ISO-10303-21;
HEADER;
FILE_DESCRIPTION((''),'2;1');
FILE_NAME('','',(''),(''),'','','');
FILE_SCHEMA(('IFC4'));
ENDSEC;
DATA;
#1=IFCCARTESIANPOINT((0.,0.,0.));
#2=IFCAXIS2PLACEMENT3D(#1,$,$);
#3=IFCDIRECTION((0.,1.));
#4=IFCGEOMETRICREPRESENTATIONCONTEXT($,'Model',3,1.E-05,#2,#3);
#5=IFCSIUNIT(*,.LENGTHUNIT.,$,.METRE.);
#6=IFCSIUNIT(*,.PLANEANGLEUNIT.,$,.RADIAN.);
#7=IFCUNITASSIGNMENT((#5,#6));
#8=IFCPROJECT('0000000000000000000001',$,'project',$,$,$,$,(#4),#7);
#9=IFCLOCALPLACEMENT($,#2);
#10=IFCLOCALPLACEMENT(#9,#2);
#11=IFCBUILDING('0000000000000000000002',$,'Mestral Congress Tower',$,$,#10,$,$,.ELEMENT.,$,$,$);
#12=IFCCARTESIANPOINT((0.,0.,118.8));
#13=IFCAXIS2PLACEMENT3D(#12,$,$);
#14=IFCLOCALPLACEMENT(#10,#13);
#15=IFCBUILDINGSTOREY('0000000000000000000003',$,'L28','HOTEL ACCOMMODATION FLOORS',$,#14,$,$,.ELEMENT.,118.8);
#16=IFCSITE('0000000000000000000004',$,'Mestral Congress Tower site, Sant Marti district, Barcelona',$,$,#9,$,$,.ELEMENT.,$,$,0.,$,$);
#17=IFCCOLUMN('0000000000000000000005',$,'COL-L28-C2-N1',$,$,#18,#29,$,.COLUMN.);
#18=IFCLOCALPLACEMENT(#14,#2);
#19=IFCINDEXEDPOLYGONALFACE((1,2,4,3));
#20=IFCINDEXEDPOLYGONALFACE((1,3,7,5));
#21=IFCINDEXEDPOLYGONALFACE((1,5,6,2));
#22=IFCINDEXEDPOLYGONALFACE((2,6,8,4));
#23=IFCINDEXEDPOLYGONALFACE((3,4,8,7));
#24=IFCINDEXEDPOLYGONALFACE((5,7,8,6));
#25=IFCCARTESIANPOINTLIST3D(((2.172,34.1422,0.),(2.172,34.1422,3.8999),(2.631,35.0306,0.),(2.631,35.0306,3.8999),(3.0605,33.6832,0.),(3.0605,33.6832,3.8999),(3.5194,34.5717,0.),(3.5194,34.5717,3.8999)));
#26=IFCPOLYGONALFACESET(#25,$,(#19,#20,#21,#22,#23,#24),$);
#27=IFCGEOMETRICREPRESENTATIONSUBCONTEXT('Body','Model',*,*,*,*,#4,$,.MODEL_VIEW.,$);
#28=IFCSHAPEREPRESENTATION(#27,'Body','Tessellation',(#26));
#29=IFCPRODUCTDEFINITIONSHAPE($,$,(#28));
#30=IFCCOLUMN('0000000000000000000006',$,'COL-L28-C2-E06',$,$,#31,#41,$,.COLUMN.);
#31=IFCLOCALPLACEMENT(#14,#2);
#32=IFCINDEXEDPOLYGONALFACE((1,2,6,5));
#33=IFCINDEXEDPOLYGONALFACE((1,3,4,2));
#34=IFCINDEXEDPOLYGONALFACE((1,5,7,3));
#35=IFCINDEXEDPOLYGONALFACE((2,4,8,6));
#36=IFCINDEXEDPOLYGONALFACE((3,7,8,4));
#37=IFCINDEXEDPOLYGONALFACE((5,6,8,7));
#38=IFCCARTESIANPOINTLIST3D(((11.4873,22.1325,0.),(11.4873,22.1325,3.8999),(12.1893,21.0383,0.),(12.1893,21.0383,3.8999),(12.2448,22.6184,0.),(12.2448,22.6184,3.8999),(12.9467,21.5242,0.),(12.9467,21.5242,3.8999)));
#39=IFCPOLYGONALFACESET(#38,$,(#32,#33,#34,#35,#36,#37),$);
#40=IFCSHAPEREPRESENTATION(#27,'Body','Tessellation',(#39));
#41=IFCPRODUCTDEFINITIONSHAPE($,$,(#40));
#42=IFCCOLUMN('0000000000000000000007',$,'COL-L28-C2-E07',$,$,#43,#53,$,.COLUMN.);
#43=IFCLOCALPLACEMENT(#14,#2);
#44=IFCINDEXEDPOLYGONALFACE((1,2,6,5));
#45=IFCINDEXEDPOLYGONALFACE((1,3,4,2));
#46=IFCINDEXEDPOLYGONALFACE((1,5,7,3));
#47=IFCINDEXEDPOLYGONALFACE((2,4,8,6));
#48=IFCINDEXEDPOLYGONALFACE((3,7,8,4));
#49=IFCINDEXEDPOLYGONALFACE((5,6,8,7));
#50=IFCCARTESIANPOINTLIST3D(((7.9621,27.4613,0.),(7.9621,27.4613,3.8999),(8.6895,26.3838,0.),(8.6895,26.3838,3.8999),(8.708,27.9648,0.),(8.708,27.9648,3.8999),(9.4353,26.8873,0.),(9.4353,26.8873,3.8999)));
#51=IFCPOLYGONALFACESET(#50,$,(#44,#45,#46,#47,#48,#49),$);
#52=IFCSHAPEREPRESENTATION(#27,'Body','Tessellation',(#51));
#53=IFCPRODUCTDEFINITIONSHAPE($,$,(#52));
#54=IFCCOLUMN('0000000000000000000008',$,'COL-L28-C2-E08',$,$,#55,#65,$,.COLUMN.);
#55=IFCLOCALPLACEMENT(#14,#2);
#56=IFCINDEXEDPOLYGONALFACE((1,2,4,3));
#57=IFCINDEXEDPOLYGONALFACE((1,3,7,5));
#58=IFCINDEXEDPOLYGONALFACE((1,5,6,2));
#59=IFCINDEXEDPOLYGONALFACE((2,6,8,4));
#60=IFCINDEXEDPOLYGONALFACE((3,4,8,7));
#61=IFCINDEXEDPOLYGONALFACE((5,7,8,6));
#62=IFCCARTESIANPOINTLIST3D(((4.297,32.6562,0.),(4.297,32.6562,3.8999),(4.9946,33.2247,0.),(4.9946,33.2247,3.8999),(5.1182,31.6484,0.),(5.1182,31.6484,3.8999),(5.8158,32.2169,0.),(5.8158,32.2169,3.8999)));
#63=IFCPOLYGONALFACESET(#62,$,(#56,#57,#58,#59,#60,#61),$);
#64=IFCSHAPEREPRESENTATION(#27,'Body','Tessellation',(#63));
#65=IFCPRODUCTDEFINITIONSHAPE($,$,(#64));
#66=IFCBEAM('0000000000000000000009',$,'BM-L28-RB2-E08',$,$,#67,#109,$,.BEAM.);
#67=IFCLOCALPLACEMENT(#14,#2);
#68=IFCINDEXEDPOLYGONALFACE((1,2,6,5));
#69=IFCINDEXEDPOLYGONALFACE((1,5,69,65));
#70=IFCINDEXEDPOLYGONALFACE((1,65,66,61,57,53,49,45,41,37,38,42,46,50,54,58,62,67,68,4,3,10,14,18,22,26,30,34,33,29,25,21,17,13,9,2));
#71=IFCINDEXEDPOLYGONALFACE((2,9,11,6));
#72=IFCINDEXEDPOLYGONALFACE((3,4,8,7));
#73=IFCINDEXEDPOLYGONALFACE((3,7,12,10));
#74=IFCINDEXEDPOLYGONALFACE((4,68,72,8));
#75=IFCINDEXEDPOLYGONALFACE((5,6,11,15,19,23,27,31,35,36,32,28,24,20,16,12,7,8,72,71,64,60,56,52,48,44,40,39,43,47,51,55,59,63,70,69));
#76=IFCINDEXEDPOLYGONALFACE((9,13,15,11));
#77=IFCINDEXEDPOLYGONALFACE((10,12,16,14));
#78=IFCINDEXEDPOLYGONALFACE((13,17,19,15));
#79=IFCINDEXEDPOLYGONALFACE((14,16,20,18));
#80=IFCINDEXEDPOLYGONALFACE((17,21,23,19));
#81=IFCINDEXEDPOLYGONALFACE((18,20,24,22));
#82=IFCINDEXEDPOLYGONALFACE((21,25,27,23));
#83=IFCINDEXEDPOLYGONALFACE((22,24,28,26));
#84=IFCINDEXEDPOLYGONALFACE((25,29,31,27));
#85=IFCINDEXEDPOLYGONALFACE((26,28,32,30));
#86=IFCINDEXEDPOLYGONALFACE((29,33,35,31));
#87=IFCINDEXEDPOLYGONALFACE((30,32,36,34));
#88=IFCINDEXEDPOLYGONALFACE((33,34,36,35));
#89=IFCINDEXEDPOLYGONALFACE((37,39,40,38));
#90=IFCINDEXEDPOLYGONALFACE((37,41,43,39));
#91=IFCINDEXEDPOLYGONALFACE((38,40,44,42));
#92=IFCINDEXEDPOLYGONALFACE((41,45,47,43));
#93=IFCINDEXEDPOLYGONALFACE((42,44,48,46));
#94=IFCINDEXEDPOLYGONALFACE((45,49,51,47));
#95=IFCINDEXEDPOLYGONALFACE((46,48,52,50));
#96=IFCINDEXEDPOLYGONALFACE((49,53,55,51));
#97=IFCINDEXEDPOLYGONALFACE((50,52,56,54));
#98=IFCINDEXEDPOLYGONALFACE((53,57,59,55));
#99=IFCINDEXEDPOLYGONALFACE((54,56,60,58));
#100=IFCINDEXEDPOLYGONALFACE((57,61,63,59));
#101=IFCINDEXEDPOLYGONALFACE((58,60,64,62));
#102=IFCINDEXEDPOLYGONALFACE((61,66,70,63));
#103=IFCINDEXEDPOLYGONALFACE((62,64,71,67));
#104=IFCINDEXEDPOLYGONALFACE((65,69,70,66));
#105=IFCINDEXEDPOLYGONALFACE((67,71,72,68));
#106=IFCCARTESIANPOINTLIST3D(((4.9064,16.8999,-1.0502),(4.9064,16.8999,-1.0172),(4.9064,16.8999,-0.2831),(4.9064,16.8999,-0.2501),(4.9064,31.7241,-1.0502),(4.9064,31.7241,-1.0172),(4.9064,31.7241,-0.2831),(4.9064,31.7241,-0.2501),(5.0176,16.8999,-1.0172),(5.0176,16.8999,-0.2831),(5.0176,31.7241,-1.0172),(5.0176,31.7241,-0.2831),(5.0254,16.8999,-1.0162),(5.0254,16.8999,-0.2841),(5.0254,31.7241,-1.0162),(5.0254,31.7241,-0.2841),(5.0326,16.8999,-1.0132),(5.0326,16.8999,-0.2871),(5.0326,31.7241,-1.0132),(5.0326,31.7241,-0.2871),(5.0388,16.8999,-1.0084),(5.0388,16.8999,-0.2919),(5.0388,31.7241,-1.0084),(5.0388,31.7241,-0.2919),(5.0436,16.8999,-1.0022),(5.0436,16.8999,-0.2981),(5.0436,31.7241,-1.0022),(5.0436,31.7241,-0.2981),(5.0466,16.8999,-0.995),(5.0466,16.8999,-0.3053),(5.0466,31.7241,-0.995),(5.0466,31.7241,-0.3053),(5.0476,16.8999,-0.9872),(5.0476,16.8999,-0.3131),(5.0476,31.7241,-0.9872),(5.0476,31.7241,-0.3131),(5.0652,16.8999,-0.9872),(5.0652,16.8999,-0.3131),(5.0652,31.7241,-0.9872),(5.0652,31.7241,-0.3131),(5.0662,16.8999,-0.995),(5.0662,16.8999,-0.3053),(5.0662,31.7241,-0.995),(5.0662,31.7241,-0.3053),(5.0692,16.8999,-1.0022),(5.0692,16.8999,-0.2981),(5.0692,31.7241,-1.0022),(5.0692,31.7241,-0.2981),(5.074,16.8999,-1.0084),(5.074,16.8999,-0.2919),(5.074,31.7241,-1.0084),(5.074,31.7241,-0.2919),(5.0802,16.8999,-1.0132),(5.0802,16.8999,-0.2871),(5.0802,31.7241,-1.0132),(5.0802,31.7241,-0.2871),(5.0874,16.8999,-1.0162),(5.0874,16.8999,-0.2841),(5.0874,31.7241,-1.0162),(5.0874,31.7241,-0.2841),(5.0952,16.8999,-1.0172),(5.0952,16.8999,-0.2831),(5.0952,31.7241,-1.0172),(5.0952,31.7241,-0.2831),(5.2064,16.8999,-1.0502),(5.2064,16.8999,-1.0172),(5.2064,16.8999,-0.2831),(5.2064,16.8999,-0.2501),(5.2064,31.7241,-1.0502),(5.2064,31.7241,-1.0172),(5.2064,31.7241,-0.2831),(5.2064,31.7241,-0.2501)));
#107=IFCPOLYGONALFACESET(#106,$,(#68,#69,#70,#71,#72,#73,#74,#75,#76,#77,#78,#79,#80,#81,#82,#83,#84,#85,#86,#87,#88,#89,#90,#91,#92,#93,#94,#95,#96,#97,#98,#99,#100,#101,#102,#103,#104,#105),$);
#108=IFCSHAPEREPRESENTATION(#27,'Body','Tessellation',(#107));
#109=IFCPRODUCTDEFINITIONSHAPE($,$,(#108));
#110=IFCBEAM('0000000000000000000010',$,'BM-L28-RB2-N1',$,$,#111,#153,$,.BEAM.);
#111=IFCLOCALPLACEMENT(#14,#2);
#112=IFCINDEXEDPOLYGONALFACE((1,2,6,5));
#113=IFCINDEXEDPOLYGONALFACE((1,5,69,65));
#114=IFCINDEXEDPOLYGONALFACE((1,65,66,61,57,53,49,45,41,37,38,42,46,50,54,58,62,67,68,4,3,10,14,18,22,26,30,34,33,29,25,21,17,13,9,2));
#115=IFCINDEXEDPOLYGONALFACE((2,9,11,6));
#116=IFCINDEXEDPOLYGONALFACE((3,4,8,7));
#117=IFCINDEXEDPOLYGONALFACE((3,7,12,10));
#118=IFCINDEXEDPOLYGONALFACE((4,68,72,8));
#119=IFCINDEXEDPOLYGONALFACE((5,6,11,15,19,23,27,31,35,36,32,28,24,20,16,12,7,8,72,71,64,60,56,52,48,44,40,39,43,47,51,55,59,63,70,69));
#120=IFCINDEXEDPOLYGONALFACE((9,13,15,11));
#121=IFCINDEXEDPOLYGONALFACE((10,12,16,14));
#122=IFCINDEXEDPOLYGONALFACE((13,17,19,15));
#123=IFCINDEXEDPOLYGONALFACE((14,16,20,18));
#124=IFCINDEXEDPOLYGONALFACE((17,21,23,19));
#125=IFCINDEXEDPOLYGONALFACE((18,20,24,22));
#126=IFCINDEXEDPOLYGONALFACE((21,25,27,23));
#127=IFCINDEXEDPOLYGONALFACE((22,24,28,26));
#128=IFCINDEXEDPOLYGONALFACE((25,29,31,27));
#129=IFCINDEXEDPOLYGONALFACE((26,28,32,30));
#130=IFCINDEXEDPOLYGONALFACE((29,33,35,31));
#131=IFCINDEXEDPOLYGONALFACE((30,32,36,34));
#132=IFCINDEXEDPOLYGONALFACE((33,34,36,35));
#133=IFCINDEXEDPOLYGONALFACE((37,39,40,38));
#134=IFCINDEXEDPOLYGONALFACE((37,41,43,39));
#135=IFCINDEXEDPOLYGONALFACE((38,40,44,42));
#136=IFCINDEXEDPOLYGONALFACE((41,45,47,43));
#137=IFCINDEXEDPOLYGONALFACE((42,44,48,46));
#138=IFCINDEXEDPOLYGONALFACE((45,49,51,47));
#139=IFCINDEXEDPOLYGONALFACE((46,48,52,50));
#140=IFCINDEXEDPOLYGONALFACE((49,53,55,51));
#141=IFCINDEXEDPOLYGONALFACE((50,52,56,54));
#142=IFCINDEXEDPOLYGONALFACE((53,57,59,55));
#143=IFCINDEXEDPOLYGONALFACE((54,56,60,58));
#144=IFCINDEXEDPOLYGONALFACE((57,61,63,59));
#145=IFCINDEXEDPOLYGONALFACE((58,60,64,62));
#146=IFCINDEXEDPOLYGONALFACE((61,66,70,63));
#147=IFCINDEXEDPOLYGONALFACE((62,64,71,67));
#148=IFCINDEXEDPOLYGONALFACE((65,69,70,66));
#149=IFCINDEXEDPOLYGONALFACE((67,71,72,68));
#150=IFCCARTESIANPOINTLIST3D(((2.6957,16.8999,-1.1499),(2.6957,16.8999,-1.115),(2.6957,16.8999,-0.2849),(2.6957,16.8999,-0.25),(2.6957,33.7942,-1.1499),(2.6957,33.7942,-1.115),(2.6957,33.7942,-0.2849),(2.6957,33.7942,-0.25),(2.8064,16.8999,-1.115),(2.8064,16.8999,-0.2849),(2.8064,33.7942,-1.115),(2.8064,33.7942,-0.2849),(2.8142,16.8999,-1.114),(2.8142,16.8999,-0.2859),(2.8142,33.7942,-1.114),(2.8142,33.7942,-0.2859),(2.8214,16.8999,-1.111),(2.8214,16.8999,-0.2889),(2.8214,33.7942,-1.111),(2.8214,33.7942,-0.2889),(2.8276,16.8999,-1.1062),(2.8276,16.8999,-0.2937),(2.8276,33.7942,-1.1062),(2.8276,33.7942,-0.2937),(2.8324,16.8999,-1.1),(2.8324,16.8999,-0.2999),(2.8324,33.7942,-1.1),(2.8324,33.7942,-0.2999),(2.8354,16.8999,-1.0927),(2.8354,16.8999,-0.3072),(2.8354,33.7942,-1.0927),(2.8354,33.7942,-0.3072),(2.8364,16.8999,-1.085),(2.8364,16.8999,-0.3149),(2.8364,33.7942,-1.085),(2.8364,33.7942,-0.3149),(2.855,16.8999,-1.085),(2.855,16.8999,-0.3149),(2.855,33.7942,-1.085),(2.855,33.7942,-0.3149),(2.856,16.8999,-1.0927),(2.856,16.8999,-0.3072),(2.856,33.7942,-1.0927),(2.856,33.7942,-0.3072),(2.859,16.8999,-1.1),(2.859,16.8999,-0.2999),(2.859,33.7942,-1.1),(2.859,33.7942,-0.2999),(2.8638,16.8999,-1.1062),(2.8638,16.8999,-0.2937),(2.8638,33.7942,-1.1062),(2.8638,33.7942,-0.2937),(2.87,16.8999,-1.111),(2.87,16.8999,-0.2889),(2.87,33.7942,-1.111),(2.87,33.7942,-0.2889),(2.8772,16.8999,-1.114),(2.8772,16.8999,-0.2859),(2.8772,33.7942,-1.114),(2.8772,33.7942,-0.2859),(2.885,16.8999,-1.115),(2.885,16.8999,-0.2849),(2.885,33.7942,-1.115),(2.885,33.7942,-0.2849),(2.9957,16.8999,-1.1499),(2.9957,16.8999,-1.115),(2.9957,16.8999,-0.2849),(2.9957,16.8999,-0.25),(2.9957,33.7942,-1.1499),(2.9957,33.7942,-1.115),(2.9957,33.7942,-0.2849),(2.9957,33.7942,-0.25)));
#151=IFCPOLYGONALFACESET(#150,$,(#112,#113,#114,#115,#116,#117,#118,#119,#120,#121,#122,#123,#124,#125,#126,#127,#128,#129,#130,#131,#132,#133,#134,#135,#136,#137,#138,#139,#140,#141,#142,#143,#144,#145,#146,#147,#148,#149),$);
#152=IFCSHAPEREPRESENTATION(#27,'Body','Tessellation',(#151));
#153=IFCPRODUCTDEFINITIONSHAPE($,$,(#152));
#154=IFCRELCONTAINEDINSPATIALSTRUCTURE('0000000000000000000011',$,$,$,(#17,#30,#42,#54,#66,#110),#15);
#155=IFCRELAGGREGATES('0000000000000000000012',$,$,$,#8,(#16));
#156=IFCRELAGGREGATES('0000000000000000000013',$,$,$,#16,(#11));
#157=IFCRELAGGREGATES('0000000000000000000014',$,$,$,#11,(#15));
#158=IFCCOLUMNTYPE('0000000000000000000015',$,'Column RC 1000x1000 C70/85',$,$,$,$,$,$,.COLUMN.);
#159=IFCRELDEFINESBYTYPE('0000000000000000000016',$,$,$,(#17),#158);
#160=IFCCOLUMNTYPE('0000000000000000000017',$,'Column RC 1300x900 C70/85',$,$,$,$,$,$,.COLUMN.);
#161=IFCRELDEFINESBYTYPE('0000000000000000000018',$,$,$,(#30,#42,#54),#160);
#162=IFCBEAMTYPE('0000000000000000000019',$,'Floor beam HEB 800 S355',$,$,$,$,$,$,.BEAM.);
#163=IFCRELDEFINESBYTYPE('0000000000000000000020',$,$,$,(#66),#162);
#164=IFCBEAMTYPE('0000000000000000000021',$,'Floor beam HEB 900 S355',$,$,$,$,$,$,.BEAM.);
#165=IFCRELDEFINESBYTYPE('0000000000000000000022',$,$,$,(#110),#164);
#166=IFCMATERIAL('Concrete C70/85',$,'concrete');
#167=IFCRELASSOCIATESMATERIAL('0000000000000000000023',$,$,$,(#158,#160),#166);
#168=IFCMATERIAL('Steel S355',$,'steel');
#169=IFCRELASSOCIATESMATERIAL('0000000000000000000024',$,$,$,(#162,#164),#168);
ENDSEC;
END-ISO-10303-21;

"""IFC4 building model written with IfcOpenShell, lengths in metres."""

from ifc_helpers import new_model, si_unit, direction, frame, origin, origin_2d, place, context, subcontext, project, spatial, rectangle, i_section, extrude, material, material_profile, profile_set, type_object, element, save


model = new_model("IFC4")

# Units and contexts
model_context = context("Model", 3, precision=1e-05, world=origin(), true_north=direction((0.0, 1.0)))
body_context = subcontext(model_context, "Body", "Model", "MODEL_VIEW")
ifc_project = project(units=[si_unit("LENGTHUNIT", "METRE"), si_unit("PLANEANGLEUNIT", "RADIAN")], contexts=[model_context])

# Site, building, storey
site_placement = place(None, origin())
site = spatial("IfcSite", under=ifc_project, at=site_placement, Name="Mestral Congress Tower site, Sant Marti district, Barcelona", CompositionType="ELEMENT", RefElevation=0.0)
building_placement = place(site_placement, origin())
building = spatial("IfcBuilding", under=site, at=building_placement, Name="Mestral Congress Tower", CompositionType="ELEMENT")
storey_placement = place(building_placement, frame((0.0, 0.0, 118.8)))
storey = spatial("IfcBuildingStorey", under=building, at=storey_placement, Name="L28", Description="HOTEL ACCOMMODATION FLOORS", CompositionType="ELEMENT", Elevation=118.8)

# Columns
ifc_material_1 = material(Name="Concrete C70/85", Category="concrete")
ifc_material_profile_1 = material_profile(ifc_material_1, rectangle(XDim=1.0, YDim=1.0, at=origin_2d()), Name="RC 1000x1000")
ifc_profile_set_1 = profile_set([ifc_material_profile_1], Name="Concrete C70/85")
column_type_1 = type_object("IfcColumnType", Name="Column RC 1000x1000 C70/85", PredefinedType="COLUMN", material=ifc_profile_set_1)
column_placement = place(storey_placement, frame((2.8457, 34.3569, 0.0), z_axis=(0.0, 0.0, 1.0), x_axis=(-0.888456, 0.458961, 0.0)))
element("IfcColumn", 1, at=column_placement, inside=storey, type_object=column_type_1, Name="COL-L28-C2-N1", PredefinedType="COLUMN", context=body_context, shape_type="SweptSolid", body=[
    extrude(rectangle(XDim=1.0, YDim=1.0, at=origin_2d()), origin(), (0.0, 0.0, 1.0), 3.8999),
])
ifc_material_profile_2 = material_profile(ifc_material_1, rectangle(XDim=1.3, YDim=0.8999, at=origin_2d()), Name="RC 1300x900")
ifc_profile_set_2 = profile_set([ifc_material_profile_2], Name="Concrete C70/85")
column_type_2 = type_object("IfcColumnType", Name="Column RC 1300x900 C70/85", PredefinedType="COLUMN", material=ifc_profile_set_2)
for number, where, z_axis, x_axis, name in (
    (2, (12.217, 21.8284, 0.0), (0.0, 0.0, 1.0), (-0.539945, 0.8417, 0.0), "COL-L28-C2-E06"),
    (3, (8.6987, 27.1743, 0.0), (0.0, 0.0, 1.0), (-0.559479, 0.828844, 0.0), "COL-L28-C2-E07"),
    (4, (5.0564, 32.4365, 0.0), (0.0, 0.0, 1.0), (-0.631709, 0.775206, 0.0), "COL-L28-C2-E08"),
):
    element("IfcColumn", number, at=place(storey_placement, frame(where, z_axis=z_axis, x_axis=x_axis)), inside=storey, type_object=column_type_2, Name=name, PredefinedType="COLUMN", context=body_context, shape_type="SweptSolid", body=[
        extrude(rectangle(XDim=1.3, YDim=0.8999, at=origin_2d()), origin(), (0.0, 0.0, 1.0), 3.8999),
    ])

# Beams
ifc_material_2 = material(Name="Steel S355", Category="steel")
ifc_material_profile_3 = material_profile(ifc_material_2, i_section(OverallWidth=0.3, OverallDepth=0.8, WebThickness=0.0176, FlangeThickness=0.033, FilletRadius=0.03, at=origin_2d()), Name="HEB 800")
ifc_profile_set_3 = profile_set([ifc_material_profile_3], Name="Steel S355")
beam_type_1 = type_object("IfcBeamType", Name="Floor beam HEB 800 S355", PredefinedType="BEAM", material=ifc_profile_set_3)
beam_1_placement = place(storey_placement, frame((5.0564, 31.7241, -0.6501), z_axis=(0.0, -1.0, 0.0), x_axis=(1.0, 0.0, 0.0)))
element("IfcBeam", 5, at=beam_1_placement, inside=storey, type_object=beam_type_1, Name="BM-L28-RB2-E08", PredefinedType="BEAM", context=body_context, shape_type="SweptSolid", body=[
    extrude(i_section(OverallWidth=0.3, OverallDepth=0.8, WebThickness=0.0176, FlangeThickness=0.033, FilletRadius=0.03, at=origin_2d()), origin(), (0.0, 0.0, 1.0), 14.8242),
])
ifc_material_profile_4 = material_profile(ifc_material_2, i_section(OverallWidth=0.3, OverallDepth=0.8999, WebThickness=0.0186, FlangeThickness=0.0349, FilletRadius=0.03, at=origin_2d()), Name="HEB 900")
ifc_profile_set_4 = profile_set([ifc_material_profile_4], Name="Steel S355")
beam_type_2 = type_object("IfcBeamType", Name="Floor beam HEB 900 S355", PredefinedType="BEAM", material=ifc_profile_set_4)
beam_2_placement = place(storey_placement, frame((2.8457, 33.7942, -0.7), z_axis=(0.0, -1.0, 0.0), x_axis=(1.0, 0.0, 0.0)))
element("IfcBeam", 6, at=beam_2_placement, inside=storey, type_object=beam_type_2, Name="BM-L28-RB2-N1", PredefinedType="BEAM", context=body_context, shape_type="SweptSolid", body=[
    extrude(i_section(OverallWidth=0.3, OverallDepth=0.8999, WebThickness=0.0186, FlangeThickness=0.0349, FilletRadius=0.03, at=origin_2d()), origin(), (0.0, 0.0, 1.0), 16.8943),
])

save(model, "model.ifc")
